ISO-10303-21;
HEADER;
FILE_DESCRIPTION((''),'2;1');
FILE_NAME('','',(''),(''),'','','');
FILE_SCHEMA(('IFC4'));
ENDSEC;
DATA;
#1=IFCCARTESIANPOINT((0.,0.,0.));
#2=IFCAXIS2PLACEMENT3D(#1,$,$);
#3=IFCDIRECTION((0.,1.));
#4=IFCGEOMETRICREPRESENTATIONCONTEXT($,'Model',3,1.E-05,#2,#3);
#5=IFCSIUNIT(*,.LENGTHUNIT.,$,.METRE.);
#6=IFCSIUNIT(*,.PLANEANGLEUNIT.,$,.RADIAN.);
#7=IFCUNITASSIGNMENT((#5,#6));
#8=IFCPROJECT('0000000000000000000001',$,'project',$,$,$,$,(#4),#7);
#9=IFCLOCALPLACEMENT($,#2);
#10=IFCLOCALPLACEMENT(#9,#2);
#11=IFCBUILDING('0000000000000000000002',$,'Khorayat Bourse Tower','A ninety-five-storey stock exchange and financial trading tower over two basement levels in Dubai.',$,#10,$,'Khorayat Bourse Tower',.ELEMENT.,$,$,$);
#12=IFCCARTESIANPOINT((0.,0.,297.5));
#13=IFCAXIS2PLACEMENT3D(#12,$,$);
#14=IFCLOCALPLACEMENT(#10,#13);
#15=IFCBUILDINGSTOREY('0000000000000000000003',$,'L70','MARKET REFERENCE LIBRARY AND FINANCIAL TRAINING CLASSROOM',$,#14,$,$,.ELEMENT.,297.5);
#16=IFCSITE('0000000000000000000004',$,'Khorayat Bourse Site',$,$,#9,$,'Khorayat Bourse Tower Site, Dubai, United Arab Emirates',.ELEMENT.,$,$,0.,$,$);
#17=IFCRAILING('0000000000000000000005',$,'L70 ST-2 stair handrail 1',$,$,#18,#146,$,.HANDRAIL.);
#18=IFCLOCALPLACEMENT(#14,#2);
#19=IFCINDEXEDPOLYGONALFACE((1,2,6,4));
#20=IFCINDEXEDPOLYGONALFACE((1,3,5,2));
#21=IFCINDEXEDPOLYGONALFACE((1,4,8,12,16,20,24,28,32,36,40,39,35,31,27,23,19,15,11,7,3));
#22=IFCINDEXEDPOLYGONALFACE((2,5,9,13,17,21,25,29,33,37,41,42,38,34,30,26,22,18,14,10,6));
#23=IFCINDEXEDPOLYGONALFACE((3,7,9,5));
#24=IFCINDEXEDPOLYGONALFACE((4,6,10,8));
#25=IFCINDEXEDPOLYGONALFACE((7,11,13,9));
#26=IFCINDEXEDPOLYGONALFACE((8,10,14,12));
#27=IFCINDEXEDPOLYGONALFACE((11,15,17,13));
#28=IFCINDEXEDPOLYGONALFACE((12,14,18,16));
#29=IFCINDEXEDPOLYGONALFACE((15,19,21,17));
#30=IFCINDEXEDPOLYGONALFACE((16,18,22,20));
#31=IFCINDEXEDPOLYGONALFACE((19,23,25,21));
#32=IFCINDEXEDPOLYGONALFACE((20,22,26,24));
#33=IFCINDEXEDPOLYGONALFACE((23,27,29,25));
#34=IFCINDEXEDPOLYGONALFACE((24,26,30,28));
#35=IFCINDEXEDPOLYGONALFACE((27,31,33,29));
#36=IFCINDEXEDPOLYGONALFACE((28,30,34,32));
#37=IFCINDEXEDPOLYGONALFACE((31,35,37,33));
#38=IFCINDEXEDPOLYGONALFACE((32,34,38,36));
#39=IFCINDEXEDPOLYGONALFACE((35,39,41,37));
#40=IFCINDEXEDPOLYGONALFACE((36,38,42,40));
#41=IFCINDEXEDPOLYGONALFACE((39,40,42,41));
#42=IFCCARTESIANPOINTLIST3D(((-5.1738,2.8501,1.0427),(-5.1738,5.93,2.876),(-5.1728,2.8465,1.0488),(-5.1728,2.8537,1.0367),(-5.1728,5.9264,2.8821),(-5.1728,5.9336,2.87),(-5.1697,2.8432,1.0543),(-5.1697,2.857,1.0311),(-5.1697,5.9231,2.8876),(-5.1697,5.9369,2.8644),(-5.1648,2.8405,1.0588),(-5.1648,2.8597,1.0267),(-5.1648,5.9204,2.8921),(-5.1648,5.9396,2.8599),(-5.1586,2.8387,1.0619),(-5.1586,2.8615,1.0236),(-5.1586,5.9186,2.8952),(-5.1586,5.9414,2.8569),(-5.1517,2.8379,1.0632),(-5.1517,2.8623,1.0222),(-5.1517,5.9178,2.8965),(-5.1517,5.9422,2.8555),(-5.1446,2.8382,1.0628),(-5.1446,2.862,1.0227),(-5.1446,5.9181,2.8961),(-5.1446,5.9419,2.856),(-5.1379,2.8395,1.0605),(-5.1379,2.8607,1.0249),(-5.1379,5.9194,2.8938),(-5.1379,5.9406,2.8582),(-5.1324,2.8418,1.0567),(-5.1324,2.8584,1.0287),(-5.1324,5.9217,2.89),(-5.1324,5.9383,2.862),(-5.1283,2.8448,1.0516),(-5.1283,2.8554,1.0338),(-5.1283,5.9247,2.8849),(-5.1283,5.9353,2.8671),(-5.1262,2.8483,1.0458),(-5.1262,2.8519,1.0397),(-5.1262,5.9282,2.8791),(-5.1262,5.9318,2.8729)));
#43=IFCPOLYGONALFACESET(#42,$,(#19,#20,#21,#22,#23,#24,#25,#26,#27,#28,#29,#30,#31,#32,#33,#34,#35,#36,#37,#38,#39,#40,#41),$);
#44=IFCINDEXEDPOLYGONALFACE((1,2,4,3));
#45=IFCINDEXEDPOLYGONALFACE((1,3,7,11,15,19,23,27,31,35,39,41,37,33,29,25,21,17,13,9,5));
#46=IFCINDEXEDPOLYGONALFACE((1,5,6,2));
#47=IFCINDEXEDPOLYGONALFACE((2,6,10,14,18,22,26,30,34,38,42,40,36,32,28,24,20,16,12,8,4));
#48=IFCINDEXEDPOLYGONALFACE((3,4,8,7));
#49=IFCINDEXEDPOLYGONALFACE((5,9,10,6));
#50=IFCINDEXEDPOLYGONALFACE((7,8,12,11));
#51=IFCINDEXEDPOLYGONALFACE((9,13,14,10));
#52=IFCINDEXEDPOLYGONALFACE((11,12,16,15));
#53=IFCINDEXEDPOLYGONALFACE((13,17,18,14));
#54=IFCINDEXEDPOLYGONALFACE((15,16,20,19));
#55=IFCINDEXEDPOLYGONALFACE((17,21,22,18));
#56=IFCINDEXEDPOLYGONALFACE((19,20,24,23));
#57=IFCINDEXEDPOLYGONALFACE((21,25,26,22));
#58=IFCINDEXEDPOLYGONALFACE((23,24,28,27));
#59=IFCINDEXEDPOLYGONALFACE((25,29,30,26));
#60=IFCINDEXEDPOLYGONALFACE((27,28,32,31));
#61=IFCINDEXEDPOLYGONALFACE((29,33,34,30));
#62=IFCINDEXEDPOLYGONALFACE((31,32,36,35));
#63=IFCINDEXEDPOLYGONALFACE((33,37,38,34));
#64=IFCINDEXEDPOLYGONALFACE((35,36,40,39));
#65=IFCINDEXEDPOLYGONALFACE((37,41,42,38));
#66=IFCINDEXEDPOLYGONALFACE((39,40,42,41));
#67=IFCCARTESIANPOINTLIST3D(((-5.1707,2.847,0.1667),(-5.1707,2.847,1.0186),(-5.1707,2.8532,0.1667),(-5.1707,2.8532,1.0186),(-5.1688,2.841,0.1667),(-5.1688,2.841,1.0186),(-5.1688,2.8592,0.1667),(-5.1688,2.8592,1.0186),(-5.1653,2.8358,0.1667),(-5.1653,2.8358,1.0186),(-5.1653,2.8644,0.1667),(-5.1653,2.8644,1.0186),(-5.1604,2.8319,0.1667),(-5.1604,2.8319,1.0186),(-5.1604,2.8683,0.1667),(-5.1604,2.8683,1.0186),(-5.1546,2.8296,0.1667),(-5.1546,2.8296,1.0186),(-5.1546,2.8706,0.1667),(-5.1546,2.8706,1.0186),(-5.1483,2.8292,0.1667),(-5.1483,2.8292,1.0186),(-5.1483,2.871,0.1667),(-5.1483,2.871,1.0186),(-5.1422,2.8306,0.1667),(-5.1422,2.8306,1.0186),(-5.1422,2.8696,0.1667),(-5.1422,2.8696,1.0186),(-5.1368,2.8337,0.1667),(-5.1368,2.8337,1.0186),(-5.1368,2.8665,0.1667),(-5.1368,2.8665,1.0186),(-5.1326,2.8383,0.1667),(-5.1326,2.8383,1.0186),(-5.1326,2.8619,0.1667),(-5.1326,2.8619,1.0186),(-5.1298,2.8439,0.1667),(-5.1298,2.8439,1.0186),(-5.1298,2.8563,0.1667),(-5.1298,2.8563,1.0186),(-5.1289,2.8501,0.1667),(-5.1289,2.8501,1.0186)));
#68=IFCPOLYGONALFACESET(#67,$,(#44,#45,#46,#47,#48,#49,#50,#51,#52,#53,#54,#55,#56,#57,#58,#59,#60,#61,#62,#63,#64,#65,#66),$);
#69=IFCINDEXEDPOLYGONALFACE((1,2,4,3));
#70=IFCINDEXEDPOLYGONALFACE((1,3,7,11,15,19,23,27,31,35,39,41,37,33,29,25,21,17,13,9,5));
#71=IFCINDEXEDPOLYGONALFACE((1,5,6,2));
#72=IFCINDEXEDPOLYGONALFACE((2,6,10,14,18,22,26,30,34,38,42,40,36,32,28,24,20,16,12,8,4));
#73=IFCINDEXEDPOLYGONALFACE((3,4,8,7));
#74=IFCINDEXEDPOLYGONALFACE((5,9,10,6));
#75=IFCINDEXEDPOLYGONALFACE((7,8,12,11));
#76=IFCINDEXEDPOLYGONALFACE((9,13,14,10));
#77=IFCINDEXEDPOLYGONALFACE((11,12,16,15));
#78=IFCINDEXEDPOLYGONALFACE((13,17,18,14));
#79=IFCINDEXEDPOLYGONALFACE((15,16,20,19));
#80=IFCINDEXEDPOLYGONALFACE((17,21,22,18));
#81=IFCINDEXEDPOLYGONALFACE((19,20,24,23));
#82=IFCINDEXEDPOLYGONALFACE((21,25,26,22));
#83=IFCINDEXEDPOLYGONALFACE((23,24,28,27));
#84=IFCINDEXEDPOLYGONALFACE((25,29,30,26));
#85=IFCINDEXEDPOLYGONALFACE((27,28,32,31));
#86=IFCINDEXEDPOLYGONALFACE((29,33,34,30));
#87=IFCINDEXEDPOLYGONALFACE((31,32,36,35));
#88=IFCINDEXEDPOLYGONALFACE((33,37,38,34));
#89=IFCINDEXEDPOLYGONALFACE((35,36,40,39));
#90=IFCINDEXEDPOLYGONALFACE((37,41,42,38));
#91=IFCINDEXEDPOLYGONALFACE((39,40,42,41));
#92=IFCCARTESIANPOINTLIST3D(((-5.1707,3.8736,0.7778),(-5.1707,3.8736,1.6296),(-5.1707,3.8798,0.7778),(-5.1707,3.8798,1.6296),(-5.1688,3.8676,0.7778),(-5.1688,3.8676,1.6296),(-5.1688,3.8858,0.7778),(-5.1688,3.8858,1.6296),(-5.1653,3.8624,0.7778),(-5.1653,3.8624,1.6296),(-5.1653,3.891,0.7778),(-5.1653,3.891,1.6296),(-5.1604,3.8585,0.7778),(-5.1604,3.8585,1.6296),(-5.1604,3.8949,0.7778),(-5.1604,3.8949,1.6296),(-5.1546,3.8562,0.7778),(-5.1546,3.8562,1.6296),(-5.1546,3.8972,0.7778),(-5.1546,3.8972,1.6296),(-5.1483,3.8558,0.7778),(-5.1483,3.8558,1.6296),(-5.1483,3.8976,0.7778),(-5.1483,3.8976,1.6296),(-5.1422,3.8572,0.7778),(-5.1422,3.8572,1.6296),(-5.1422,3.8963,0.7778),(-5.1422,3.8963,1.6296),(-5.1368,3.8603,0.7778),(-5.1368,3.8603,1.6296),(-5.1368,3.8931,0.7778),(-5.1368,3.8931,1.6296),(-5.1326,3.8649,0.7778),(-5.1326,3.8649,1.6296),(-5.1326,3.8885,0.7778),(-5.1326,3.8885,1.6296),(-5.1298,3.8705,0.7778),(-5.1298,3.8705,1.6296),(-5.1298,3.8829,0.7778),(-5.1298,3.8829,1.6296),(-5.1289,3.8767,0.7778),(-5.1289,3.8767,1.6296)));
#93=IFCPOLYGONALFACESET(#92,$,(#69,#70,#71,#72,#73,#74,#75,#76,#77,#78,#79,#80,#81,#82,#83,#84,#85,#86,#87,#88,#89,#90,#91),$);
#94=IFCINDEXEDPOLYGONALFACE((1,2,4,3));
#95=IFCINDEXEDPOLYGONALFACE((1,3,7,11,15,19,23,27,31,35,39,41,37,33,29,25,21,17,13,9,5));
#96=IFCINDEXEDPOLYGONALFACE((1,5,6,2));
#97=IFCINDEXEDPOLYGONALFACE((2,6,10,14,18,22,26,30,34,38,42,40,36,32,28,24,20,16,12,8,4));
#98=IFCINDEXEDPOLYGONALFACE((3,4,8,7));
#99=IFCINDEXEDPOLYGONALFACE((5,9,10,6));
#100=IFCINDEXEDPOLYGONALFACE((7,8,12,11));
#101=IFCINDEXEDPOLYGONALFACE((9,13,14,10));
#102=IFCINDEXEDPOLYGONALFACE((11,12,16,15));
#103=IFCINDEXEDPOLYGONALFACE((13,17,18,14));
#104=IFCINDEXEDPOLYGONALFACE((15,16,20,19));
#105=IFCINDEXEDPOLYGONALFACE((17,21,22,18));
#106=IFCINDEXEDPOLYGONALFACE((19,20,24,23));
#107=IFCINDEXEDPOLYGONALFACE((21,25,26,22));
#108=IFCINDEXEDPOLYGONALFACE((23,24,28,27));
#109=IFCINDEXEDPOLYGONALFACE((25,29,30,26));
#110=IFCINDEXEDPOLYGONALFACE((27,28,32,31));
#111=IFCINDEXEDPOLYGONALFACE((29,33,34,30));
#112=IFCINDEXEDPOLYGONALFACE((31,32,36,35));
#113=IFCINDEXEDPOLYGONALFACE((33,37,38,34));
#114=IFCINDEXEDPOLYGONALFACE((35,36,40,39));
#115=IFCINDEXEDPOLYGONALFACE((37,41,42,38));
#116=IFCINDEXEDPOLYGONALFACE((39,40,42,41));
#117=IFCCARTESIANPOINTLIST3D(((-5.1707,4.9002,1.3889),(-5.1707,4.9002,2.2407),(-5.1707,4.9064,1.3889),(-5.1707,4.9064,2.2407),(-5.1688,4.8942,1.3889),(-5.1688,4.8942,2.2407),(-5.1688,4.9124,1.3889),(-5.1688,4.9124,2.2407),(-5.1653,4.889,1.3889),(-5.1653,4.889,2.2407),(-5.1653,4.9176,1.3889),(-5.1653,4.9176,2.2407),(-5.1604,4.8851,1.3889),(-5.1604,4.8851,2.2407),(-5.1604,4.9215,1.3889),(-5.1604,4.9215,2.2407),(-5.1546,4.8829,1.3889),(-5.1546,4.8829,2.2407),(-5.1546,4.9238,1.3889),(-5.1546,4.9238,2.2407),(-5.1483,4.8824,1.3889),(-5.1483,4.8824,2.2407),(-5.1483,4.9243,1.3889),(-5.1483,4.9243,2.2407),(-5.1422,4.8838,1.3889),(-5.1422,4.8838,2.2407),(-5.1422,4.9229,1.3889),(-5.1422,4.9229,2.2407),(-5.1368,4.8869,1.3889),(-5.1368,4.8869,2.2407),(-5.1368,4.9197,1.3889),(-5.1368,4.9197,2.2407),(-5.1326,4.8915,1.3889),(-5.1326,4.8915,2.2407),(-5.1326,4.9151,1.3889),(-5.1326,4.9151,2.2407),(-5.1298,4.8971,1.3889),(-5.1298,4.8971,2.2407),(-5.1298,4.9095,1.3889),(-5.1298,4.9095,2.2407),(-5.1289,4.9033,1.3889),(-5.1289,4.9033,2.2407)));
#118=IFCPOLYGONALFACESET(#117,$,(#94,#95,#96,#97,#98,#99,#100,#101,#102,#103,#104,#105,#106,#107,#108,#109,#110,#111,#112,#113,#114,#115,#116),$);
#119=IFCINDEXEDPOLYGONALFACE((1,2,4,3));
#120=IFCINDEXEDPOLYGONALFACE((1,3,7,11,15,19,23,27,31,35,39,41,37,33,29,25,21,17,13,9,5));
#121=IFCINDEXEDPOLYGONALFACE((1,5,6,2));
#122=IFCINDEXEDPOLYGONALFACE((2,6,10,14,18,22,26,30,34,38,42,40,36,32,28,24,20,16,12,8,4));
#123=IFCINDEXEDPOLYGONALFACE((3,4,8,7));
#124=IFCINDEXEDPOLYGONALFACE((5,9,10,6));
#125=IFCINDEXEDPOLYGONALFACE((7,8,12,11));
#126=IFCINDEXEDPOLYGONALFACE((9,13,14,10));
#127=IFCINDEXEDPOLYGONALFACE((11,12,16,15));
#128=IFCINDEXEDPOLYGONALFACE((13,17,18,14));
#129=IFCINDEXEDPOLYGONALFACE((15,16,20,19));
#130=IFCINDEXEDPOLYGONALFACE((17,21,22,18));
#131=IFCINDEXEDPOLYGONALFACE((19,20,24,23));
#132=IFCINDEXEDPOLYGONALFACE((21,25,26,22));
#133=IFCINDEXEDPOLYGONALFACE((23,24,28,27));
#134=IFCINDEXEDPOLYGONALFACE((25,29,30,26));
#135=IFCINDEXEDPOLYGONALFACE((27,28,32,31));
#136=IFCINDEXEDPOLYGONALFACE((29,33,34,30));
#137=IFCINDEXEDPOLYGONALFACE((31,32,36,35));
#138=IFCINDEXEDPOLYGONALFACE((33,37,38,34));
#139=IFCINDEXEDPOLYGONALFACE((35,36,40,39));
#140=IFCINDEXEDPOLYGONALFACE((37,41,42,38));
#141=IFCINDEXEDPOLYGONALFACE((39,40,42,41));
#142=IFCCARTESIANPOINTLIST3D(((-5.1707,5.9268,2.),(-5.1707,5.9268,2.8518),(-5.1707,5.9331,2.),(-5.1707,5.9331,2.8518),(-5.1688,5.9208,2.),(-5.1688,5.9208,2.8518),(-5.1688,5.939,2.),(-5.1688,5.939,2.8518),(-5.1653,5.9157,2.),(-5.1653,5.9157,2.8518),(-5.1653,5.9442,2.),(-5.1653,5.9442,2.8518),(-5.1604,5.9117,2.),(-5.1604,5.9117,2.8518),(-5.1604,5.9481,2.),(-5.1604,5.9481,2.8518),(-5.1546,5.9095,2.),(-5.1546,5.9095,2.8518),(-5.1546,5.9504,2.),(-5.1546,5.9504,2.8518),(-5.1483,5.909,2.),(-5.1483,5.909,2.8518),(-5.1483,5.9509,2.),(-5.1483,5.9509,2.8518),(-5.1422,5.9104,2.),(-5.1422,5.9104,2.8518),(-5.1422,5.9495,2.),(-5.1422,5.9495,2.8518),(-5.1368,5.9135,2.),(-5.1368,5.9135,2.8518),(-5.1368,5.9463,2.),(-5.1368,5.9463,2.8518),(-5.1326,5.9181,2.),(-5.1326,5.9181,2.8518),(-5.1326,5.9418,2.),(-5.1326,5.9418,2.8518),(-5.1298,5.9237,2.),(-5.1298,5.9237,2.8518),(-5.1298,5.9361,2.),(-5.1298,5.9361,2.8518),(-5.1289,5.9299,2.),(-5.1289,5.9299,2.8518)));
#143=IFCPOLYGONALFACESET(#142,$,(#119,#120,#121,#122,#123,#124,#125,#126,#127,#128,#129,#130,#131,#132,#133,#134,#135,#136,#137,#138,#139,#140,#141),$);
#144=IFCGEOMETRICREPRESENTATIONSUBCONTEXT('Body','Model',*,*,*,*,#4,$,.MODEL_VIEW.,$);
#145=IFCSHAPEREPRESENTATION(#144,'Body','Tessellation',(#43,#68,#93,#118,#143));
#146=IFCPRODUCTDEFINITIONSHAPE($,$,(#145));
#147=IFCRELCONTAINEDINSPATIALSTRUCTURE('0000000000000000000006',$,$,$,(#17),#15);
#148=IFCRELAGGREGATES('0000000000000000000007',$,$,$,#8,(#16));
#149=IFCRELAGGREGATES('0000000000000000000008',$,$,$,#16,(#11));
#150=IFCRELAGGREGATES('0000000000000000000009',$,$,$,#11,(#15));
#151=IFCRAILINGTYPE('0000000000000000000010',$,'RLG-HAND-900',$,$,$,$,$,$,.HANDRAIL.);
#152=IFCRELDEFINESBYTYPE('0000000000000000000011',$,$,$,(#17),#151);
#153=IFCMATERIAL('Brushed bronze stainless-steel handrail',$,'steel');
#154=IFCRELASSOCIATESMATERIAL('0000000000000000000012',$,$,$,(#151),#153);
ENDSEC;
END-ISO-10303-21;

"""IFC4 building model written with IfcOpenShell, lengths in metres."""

from ifc_helpers import new_model, si_unit, direction, frame, origin, origin_2d, place, context, subcontext, project, spatial, circle, extrude, source, transform, mapped, material, type_object, element, save


model = new_model("IFC4")

# Units and contexts
model_context = context("Model", 3, precision=1e-05, world=origin(), true_north=direction((0.0, 1.0)))
body_context = subcontext(model_context, "Body", "Model", "MODEL_VIEW")
ifc_project = project(units=[si_unit("LENGTHUNIT", "METRE"), si_unit("PLANEANGLEUNIT", "RADIAN")], contexts=[model_context])

# Site, building, storey
site_placement = place(None, origin())
site = spatial("IfcSite", under=ifc_project, at=site_placement, Name="Khorayat Bourse Site", LongName="Khorayat Bourse Tower Site, Dubai, United Arab Emirates", CompositionType="ELEMENT", RefElevation=0.0)
building_placement = place(site_placement, origin())
building = spatial("IfcBuilding", under=site, at=building_placement, Name="Khorayat Bourse Tower", Description="A ninety-five-storey stock exchange and financial trading tower over two basement levels in Dubai.", LongName="Khorayat Bourse Tower", CompositionType="ELEMENT")
storey_placement = place(building_placement, frame((0.0, 0.0, 297.5)))
storey = spatial("IfcBuildingStorey", under=building, at=storey_placement, Name="L70", Description="MARKET REFERENCE LIBRARY AND FINANCIAL TRAINING CLASSROOM", CompositionType="ELEMENT", Elevation=297.5)

# Railing
ifc_material_1 = material(Name="Brushed bronze stainless-steel handrail", Category="steel")
railing_type_1 = type_object("IfcRailingType", Name="RLG-HAND-900", PredefinedType="HANDRAIL", material=ifc_material_1)
shared_shape_1 = source(origin(), body_context, "Body", "SweptSolid", [
    extrude(circle(Radius=0.0239, at=origin_2d()), frame((0.0, 0.0, 0.876), z_axis=(0.0, 0.859291, 0.511487), x_axis=(-1.0, 0.0, 0.0)), (0.0, 0.0, 1.0), 3.5842),
    extrude(circle(Radius=0.021, at=origin_2d()), origin(), (0.0, 0.0, 1.0), 0.8518),
    extrude(circle(Radius=0.021, at=origin_2d()), frame((0.0, 1.0266, 0.6111)), (0.0, 0.0, 1.0), 0.8518),
    extrude(circle(Radius=0.021, at=origin_2d()), frame((0.0, 2.0532, 1.2222)), (0.0, 0.0, 1.0), 0.8518),
    extrude(circle(Radius=0.021, at=origin_2d()), frame((0.0, 3.0798, 1.8333)), (0.0, 0.0, 1.0), 0.8518),
])
railing_1_placement = place(storey_placement, frame((-5.1499, 2.8501, 0.1667)))
element("IfcRailing", 1, at=railing_1_placement, inside=storey, type_object=railing_type_1, Name="L70 ST-2 stair handrail 1", PredefinedType="HANDRAIL", context=body_context, shape_type="MappedRepresentation", body=[
    mapped(shared_shape_1, transform((0.0, 0.0, 0.0), scale=1.0)),
])

save(model, "model.ifc")
